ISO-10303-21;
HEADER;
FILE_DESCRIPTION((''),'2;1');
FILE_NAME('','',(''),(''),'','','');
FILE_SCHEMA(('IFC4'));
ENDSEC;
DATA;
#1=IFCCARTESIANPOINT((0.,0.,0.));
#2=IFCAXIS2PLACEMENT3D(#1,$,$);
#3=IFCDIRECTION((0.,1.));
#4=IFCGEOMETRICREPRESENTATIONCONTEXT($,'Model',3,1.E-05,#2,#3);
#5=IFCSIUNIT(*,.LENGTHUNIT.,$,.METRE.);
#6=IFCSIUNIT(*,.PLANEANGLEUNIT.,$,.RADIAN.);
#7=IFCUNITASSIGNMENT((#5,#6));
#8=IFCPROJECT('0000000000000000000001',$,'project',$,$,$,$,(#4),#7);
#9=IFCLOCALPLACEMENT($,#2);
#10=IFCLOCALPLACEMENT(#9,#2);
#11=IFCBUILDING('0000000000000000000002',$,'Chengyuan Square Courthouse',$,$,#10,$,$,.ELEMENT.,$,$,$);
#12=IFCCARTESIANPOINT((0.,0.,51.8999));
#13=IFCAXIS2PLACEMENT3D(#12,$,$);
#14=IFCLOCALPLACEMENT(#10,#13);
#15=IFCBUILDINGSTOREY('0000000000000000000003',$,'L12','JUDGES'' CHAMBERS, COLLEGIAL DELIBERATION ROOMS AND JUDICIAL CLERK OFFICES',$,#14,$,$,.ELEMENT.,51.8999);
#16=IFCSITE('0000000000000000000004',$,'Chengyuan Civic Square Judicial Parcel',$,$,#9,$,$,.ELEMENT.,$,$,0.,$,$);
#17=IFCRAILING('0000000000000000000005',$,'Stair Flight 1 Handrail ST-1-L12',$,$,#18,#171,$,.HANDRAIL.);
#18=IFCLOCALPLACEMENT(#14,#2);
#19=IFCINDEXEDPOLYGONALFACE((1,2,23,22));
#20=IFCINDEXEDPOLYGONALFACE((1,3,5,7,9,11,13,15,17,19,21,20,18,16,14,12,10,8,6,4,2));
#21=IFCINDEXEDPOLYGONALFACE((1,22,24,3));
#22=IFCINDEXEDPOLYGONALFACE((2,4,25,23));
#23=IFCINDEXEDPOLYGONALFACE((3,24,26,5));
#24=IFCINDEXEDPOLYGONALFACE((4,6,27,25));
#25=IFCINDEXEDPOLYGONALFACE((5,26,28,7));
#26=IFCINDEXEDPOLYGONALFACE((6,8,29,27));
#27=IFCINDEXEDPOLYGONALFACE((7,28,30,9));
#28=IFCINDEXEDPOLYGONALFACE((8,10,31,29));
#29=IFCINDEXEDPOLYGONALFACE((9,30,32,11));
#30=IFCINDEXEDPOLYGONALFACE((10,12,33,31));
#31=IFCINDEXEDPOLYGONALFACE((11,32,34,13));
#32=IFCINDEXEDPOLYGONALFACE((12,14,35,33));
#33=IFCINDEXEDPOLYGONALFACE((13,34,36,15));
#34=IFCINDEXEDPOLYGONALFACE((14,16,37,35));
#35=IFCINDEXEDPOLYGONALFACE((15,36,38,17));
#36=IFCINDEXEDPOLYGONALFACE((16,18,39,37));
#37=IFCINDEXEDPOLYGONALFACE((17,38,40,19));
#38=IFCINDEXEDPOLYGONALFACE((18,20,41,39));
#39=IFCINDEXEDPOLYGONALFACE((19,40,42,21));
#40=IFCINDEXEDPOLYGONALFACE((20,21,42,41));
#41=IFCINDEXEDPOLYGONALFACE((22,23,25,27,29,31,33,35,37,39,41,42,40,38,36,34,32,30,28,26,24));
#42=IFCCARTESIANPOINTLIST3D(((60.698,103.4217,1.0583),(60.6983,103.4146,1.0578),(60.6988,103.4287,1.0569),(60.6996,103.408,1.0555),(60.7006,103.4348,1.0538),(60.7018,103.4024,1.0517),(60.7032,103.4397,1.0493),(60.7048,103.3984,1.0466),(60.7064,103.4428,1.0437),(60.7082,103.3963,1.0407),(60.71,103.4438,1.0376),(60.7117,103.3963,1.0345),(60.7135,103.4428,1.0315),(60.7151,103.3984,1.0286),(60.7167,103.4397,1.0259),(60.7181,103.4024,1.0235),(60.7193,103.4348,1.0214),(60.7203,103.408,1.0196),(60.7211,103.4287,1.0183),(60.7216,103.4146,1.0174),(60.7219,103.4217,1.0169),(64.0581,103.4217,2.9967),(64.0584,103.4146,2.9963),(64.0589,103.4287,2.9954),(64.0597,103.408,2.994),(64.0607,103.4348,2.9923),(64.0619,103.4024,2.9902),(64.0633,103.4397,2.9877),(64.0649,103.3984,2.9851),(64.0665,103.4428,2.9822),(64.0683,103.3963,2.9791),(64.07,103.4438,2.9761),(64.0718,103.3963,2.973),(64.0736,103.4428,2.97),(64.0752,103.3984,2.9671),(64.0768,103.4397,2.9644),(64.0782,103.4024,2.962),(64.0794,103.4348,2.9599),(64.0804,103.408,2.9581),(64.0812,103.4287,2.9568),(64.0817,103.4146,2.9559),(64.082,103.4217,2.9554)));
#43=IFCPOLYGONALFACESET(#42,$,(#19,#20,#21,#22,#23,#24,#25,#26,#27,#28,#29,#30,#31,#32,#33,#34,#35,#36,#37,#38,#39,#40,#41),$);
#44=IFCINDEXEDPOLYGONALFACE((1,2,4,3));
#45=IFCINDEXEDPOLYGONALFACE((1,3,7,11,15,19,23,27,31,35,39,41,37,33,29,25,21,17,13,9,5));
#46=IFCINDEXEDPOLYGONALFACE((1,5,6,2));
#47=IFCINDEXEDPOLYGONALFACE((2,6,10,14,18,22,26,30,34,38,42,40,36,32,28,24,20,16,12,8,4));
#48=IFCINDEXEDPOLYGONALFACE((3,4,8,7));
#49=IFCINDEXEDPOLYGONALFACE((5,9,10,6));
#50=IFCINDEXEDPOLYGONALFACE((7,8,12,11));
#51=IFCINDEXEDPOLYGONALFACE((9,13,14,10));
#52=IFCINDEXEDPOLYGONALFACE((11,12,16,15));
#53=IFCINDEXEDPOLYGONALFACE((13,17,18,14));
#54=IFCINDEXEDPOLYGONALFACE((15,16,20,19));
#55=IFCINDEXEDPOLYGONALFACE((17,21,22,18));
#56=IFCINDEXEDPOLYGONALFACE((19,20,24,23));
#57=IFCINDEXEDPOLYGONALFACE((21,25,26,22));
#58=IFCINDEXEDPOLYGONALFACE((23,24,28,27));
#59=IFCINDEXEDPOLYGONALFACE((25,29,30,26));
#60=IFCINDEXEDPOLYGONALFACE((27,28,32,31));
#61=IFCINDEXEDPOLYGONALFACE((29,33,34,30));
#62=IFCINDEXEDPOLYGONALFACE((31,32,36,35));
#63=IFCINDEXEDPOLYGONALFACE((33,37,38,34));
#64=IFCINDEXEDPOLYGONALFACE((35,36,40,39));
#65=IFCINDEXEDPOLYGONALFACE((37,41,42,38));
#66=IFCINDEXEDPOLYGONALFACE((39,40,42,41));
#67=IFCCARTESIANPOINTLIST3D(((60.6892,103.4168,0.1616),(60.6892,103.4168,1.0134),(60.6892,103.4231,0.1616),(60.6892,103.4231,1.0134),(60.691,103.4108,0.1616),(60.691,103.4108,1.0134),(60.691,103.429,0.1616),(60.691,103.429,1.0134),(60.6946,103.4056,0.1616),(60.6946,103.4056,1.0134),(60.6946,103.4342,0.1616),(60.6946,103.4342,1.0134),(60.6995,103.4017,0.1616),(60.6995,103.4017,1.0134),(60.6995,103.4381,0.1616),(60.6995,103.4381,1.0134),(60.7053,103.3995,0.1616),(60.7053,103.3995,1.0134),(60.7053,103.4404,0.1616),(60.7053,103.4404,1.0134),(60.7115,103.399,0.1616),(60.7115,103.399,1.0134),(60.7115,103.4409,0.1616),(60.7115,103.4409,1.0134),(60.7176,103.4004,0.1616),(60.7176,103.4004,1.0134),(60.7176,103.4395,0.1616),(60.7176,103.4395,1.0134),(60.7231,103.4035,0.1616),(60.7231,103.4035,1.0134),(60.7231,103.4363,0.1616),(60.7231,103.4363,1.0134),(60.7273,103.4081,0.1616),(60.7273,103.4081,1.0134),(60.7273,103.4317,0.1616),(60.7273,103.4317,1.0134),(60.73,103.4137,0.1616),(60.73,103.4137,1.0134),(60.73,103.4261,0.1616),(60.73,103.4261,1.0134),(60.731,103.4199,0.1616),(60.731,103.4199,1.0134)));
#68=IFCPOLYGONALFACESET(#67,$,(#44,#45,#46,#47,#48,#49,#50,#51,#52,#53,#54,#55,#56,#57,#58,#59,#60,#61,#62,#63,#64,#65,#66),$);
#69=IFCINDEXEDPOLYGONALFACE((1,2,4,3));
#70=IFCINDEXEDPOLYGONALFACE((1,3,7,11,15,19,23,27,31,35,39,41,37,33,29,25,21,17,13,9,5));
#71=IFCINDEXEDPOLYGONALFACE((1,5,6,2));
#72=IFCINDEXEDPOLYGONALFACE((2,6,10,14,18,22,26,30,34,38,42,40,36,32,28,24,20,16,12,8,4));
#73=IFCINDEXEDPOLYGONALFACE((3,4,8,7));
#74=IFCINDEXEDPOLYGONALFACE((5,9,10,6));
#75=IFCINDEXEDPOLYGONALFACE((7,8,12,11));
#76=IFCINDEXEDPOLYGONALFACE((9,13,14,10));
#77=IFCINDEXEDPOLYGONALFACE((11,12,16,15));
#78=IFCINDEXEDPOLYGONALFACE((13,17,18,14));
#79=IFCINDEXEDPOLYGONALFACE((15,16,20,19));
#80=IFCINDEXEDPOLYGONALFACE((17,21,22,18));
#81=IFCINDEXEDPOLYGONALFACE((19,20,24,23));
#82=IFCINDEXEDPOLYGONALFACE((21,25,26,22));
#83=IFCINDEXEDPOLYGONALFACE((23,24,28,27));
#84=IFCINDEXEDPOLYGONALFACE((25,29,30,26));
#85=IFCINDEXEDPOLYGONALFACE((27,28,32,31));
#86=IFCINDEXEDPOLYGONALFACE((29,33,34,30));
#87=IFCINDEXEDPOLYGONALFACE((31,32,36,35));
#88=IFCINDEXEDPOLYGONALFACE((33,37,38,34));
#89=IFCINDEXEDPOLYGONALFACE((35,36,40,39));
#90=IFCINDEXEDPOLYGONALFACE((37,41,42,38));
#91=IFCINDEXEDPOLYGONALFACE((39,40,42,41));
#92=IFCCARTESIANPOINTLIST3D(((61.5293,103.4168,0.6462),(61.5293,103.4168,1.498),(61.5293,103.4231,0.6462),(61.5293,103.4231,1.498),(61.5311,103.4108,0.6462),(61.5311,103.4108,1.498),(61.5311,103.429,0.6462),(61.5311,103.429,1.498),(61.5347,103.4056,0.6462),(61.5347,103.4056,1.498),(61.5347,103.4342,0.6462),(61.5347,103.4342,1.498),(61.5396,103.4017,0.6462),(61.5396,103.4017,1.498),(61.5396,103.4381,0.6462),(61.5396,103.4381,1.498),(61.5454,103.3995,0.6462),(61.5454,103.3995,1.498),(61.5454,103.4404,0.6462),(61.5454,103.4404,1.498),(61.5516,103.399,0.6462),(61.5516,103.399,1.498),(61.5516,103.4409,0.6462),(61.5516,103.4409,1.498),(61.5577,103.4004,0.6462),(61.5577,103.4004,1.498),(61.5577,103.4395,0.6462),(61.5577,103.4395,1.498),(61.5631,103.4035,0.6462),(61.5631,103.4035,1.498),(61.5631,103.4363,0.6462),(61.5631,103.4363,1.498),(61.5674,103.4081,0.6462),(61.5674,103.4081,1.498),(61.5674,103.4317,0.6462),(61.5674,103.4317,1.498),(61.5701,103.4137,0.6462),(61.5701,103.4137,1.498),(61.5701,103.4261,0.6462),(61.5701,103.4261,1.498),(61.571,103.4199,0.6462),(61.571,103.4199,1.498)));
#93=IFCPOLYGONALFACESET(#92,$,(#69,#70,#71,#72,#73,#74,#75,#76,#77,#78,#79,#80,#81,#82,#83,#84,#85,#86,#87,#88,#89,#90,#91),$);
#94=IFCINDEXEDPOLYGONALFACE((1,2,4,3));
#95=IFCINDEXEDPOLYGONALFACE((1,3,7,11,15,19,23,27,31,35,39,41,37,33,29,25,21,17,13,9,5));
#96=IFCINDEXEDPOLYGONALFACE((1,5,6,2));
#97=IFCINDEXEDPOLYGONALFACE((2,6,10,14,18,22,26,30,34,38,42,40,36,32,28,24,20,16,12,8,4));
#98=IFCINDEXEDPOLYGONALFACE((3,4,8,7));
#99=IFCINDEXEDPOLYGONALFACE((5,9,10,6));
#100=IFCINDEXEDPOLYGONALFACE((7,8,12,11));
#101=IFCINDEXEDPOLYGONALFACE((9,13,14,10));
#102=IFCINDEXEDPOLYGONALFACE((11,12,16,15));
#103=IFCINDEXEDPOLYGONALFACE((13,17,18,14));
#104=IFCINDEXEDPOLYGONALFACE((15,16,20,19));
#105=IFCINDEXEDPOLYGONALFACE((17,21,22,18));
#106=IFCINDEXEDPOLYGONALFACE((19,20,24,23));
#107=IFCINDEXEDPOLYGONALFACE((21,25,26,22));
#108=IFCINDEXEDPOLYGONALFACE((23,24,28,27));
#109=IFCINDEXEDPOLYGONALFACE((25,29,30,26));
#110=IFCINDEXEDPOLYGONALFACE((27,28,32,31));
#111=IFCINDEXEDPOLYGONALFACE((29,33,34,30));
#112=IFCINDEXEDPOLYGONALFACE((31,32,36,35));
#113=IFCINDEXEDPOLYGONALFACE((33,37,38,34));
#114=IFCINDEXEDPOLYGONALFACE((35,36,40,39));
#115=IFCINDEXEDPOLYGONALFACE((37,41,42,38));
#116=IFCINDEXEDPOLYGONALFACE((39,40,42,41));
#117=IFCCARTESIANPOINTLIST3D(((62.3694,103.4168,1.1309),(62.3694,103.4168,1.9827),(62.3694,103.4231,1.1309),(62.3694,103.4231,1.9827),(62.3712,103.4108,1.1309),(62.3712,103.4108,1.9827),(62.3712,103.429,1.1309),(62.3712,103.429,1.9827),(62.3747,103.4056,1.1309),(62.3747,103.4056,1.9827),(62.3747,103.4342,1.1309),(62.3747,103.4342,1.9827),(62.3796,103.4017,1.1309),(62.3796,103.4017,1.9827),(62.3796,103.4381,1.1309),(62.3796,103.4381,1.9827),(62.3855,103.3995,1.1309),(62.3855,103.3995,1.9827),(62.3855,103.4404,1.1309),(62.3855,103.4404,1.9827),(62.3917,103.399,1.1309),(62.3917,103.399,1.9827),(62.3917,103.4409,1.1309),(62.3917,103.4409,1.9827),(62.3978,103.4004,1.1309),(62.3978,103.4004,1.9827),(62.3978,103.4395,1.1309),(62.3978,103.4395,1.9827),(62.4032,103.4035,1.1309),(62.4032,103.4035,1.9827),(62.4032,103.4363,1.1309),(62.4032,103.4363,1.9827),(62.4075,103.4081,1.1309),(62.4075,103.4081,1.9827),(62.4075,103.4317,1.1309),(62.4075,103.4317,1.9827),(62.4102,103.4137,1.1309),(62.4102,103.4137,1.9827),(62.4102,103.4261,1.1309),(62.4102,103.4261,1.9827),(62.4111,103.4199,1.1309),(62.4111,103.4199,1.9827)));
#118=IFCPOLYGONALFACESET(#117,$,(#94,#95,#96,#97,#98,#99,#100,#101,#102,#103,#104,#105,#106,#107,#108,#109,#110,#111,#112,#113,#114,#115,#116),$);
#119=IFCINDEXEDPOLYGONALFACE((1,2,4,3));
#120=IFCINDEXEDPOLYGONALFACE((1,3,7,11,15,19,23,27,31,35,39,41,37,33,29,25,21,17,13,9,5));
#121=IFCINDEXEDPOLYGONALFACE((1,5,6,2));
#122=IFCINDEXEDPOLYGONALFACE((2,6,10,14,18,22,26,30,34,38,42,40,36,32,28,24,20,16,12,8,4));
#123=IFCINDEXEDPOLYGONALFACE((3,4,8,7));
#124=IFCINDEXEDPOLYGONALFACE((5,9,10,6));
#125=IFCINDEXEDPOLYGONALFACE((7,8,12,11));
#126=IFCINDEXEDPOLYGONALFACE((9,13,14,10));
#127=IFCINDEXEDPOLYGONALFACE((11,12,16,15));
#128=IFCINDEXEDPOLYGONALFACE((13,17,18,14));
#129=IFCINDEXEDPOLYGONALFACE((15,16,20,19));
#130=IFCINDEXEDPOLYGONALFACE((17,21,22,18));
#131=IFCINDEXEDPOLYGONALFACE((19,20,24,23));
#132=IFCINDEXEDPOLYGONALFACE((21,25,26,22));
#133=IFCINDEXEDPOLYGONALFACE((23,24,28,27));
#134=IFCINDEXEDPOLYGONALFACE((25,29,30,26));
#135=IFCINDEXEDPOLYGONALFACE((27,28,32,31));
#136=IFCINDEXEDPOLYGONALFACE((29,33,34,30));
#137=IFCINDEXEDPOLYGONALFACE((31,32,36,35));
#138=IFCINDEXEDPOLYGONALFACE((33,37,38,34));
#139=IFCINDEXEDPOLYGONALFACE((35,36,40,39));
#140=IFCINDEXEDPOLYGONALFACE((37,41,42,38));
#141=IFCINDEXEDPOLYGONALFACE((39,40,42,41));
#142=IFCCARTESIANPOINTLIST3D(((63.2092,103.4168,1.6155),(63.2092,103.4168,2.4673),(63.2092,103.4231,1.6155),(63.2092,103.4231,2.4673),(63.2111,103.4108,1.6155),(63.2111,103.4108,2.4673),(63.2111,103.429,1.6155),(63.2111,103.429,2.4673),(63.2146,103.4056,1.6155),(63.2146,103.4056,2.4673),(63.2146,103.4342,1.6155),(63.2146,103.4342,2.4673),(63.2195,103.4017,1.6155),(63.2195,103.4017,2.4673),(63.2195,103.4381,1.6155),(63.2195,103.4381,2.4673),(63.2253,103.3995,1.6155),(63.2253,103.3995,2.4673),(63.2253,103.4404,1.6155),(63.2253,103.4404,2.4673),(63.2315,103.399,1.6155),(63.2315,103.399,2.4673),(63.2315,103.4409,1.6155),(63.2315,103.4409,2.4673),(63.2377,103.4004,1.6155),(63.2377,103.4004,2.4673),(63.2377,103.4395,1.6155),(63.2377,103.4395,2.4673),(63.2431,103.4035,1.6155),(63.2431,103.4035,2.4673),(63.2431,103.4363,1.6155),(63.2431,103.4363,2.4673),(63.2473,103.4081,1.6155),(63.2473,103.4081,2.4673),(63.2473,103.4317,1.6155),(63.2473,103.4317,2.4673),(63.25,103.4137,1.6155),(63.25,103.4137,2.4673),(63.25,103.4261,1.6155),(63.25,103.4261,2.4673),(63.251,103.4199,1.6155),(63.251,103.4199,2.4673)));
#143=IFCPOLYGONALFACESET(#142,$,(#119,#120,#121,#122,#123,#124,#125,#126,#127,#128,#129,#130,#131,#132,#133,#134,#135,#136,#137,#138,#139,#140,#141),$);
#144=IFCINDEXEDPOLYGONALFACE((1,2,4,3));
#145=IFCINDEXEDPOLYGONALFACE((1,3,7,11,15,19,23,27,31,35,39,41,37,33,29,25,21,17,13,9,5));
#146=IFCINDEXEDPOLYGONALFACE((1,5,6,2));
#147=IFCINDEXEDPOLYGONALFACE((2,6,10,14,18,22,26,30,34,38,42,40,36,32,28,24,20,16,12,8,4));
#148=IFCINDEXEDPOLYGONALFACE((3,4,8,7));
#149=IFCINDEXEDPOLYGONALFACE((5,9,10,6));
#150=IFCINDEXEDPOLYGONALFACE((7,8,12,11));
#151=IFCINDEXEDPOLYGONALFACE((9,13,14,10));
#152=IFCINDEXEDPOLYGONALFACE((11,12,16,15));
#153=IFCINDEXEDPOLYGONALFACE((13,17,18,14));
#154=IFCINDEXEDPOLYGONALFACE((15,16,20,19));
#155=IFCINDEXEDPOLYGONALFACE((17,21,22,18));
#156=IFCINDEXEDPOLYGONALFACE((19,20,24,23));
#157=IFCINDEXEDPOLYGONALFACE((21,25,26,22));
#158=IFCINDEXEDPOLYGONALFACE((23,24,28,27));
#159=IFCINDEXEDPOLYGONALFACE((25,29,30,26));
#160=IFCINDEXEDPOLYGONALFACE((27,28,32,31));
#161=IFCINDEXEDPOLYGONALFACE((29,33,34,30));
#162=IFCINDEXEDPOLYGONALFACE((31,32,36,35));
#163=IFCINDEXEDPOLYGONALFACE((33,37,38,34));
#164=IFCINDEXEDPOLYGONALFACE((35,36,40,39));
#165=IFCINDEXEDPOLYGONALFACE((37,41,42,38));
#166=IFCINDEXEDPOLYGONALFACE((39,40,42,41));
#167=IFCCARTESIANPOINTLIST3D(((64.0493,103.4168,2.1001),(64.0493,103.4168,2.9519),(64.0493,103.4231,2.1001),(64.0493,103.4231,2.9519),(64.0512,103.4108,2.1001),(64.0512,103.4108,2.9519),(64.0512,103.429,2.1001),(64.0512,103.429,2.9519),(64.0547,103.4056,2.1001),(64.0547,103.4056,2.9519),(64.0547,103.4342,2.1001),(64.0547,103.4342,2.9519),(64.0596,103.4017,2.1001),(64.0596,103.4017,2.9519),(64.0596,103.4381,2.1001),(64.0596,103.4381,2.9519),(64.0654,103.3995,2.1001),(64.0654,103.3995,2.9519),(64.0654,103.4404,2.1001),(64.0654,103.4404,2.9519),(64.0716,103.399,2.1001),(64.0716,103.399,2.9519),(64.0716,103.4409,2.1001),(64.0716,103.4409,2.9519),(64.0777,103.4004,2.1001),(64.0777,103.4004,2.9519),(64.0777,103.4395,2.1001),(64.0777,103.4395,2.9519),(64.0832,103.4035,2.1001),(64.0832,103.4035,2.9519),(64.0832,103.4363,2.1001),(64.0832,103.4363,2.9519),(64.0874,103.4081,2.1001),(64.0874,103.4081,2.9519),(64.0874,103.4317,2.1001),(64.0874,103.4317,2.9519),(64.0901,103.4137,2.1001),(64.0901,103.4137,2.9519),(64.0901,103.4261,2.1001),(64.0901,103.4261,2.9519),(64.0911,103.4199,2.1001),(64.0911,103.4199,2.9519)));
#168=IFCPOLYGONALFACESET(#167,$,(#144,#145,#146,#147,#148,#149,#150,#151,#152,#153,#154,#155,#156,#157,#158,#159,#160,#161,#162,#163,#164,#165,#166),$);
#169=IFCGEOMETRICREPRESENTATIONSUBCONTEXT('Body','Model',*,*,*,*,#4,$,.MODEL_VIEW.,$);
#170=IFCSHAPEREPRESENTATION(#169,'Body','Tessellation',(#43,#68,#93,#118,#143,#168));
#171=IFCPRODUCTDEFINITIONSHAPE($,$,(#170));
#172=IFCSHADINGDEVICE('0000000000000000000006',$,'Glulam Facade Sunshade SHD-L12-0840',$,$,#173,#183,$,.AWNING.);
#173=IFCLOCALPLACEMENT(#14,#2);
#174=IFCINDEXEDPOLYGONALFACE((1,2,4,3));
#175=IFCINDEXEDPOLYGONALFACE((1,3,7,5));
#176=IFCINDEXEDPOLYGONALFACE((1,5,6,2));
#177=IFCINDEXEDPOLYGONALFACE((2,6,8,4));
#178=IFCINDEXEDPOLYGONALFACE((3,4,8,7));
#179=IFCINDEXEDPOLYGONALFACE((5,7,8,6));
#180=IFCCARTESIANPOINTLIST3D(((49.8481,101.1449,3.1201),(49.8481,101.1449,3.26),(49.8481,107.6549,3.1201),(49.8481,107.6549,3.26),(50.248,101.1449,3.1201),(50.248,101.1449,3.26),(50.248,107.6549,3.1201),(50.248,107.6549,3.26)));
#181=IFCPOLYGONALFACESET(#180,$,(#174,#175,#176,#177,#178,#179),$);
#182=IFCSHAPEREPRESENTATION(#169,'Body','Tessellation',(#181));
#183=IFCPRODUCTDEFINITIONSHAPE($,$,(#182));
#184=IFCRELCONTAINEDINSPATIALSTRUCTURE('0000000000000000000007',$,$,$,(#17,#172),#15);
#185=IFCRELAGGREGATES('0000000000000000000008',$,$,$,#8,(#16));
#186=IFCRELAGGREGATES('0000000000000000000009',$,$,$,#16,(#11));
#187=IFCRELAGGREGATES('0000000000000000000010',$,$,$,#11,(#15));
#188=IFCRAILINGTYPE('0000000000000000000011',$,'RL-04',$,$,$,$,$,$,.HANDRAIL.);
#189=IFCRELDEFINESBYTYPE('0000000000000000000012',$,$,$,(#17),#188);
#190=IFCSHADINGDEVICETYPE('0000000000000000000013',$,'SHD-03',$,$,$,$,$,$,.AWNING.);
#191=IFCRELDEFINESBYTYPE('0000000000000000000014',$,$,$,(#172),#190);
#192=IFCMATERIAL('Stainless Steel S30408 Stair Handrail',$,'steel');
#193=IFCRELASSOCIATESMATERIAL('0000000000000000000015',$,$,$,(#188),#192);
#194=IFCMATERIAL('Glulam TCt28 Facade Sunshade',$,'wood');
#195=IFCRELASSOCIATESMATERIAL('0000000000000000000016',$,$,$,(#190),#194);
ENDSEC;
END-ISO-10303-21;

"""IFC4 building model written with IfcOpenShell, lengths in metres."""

from ifc_helpers import new_model, si_unit, direction, frame, origin, origin_2d, place, context, subcontext, project, spatial, rectangle, circle, extrude, material, type_object, element, save


model = new_model("IFC4")

# Units and contexts
model_context = context("Model", 3, precision=1e-05, world=origin(), true_north=direction((0.0, 1.0)))
body_context = subcontext(model_context, "Body", "Model", "MODEL_VIEW")
ifc_project = project(units=[si_unit("LENGTHUNIT", "METRE"), si_unit("PLANEANGLEUNIT", "RADIAN")], contexts=[model_context])

# Site, building, storey
site_placement = place(None, origin())
site = spatial("IfcSite", under=ifc_project, at=site_placement, Name="Chengyuan Civic Square Judicial Parcel", CompositionType="ELEMENT", RefElevation=0.0)
building_placement = place(site_placement, origin())
building = spatial("IfcBuilding", under=site, at=building_placement, Name="Chengyuan Square Courthouse", CompositionType="ELEMENT")
storey_placement = place(building_placement, frame((0.0, 0.0, 51.8999)))
storey = spatial("IfcBuildingStorey", under=building, at=storey_placement, Name="L12", Description="JUDGES' CHAMBERS, COLLEGIAL DELIBERATION ROOMS AND JUDICIAL CLERK OFFICES", CompositionType="ELEMENT", Elevation=51.8999)

# Railing
ifc_material_1 = material(Name="Stainless Steel S30408 Stair Handrail", Category="steel")
railing_type_1 = type_object("IfcRailingType", Name="RL-04", PredefinedType="HANDRAIL", material=ifc_material_1)
railing_1_placement = place(storey_placement, frame((60.71, 103.4199, 0.1616)))
element("IfcRailing", 1, at=railing_1_placement, inside=storey, type_object=railing_type_1, Name="Stair Flight 1 Handrail ST-1-L12", PredefinedType="HANDRAIL", context=body_context, shape_type="SweptSolid", body=[
    extrude(circle(Radius=0.0239, at=origin_2d()), frame((0.0, 0.0, 0.876), z_axis=(0.866191, 0.0, 0.499713), x_axis=(0.0, 1.0, 0.0)), (0.0, 0.0, 1.0), 3.8792),
    extrude(circle(Radius=0.021, at=origin_2d()), origin(), (0.0, 0.0, 1.0), 0.8518),
    extrude(circle(Radius=0.021, at=origin_2d()), frame((0.8401, 0.0, 0.4846)), (0.0, 0.0, 1.0), 0.8518),
    extrude(circle(Radius=0.021, at=origin_2d()), frame((1.6802, 0.0, 0.9692)), (0.0, 0.0, 1.0), 0.8518),
    extrude(circle(Radius=0.021, at=origin_2d()), frame((2.52, 0.0, 1.4539)), (0.0, 0.0, 1.0), 0.8518),
    extrude(circle(Radius=0.021, at=origin_2d()), frame((3.3601, 0.0, 1.9385)), (0.0, 0.0, 1.0), 0.8518),
])

# Shading device
ifc_material_2 = material(Name="Glulam TCt28 Facade Sunshade", Category="wood")
shading_device_type = type_object("IfcShadingDeviceType", Name="SHD-03", PredefinedType="AWNING", material=ifc_material_2)
shading_device_placement = place(storey_placement, frame((50.0481, 104.3999, 3.1201), z_axis=(0.0, 0.0, 1.0), x_axis=(0.0, 1.0, 0.0)))
element("IfcShadingDevice", 2, at=shading_device_placement, inside=storey, type_object=shading_device_type, Name="Glulam Facade Sunshade SHD-L12-0840", PredefinedType="AWNING", context=body_context, shape_type="SweptSolid", body=[
    extrude(rectangle(XDim=6.51, YDim=0.3999, at=origin_2d()), origin(), (0.0, 0.0, 1.0), 0.1399),
])

save(model, "model.ifc")
